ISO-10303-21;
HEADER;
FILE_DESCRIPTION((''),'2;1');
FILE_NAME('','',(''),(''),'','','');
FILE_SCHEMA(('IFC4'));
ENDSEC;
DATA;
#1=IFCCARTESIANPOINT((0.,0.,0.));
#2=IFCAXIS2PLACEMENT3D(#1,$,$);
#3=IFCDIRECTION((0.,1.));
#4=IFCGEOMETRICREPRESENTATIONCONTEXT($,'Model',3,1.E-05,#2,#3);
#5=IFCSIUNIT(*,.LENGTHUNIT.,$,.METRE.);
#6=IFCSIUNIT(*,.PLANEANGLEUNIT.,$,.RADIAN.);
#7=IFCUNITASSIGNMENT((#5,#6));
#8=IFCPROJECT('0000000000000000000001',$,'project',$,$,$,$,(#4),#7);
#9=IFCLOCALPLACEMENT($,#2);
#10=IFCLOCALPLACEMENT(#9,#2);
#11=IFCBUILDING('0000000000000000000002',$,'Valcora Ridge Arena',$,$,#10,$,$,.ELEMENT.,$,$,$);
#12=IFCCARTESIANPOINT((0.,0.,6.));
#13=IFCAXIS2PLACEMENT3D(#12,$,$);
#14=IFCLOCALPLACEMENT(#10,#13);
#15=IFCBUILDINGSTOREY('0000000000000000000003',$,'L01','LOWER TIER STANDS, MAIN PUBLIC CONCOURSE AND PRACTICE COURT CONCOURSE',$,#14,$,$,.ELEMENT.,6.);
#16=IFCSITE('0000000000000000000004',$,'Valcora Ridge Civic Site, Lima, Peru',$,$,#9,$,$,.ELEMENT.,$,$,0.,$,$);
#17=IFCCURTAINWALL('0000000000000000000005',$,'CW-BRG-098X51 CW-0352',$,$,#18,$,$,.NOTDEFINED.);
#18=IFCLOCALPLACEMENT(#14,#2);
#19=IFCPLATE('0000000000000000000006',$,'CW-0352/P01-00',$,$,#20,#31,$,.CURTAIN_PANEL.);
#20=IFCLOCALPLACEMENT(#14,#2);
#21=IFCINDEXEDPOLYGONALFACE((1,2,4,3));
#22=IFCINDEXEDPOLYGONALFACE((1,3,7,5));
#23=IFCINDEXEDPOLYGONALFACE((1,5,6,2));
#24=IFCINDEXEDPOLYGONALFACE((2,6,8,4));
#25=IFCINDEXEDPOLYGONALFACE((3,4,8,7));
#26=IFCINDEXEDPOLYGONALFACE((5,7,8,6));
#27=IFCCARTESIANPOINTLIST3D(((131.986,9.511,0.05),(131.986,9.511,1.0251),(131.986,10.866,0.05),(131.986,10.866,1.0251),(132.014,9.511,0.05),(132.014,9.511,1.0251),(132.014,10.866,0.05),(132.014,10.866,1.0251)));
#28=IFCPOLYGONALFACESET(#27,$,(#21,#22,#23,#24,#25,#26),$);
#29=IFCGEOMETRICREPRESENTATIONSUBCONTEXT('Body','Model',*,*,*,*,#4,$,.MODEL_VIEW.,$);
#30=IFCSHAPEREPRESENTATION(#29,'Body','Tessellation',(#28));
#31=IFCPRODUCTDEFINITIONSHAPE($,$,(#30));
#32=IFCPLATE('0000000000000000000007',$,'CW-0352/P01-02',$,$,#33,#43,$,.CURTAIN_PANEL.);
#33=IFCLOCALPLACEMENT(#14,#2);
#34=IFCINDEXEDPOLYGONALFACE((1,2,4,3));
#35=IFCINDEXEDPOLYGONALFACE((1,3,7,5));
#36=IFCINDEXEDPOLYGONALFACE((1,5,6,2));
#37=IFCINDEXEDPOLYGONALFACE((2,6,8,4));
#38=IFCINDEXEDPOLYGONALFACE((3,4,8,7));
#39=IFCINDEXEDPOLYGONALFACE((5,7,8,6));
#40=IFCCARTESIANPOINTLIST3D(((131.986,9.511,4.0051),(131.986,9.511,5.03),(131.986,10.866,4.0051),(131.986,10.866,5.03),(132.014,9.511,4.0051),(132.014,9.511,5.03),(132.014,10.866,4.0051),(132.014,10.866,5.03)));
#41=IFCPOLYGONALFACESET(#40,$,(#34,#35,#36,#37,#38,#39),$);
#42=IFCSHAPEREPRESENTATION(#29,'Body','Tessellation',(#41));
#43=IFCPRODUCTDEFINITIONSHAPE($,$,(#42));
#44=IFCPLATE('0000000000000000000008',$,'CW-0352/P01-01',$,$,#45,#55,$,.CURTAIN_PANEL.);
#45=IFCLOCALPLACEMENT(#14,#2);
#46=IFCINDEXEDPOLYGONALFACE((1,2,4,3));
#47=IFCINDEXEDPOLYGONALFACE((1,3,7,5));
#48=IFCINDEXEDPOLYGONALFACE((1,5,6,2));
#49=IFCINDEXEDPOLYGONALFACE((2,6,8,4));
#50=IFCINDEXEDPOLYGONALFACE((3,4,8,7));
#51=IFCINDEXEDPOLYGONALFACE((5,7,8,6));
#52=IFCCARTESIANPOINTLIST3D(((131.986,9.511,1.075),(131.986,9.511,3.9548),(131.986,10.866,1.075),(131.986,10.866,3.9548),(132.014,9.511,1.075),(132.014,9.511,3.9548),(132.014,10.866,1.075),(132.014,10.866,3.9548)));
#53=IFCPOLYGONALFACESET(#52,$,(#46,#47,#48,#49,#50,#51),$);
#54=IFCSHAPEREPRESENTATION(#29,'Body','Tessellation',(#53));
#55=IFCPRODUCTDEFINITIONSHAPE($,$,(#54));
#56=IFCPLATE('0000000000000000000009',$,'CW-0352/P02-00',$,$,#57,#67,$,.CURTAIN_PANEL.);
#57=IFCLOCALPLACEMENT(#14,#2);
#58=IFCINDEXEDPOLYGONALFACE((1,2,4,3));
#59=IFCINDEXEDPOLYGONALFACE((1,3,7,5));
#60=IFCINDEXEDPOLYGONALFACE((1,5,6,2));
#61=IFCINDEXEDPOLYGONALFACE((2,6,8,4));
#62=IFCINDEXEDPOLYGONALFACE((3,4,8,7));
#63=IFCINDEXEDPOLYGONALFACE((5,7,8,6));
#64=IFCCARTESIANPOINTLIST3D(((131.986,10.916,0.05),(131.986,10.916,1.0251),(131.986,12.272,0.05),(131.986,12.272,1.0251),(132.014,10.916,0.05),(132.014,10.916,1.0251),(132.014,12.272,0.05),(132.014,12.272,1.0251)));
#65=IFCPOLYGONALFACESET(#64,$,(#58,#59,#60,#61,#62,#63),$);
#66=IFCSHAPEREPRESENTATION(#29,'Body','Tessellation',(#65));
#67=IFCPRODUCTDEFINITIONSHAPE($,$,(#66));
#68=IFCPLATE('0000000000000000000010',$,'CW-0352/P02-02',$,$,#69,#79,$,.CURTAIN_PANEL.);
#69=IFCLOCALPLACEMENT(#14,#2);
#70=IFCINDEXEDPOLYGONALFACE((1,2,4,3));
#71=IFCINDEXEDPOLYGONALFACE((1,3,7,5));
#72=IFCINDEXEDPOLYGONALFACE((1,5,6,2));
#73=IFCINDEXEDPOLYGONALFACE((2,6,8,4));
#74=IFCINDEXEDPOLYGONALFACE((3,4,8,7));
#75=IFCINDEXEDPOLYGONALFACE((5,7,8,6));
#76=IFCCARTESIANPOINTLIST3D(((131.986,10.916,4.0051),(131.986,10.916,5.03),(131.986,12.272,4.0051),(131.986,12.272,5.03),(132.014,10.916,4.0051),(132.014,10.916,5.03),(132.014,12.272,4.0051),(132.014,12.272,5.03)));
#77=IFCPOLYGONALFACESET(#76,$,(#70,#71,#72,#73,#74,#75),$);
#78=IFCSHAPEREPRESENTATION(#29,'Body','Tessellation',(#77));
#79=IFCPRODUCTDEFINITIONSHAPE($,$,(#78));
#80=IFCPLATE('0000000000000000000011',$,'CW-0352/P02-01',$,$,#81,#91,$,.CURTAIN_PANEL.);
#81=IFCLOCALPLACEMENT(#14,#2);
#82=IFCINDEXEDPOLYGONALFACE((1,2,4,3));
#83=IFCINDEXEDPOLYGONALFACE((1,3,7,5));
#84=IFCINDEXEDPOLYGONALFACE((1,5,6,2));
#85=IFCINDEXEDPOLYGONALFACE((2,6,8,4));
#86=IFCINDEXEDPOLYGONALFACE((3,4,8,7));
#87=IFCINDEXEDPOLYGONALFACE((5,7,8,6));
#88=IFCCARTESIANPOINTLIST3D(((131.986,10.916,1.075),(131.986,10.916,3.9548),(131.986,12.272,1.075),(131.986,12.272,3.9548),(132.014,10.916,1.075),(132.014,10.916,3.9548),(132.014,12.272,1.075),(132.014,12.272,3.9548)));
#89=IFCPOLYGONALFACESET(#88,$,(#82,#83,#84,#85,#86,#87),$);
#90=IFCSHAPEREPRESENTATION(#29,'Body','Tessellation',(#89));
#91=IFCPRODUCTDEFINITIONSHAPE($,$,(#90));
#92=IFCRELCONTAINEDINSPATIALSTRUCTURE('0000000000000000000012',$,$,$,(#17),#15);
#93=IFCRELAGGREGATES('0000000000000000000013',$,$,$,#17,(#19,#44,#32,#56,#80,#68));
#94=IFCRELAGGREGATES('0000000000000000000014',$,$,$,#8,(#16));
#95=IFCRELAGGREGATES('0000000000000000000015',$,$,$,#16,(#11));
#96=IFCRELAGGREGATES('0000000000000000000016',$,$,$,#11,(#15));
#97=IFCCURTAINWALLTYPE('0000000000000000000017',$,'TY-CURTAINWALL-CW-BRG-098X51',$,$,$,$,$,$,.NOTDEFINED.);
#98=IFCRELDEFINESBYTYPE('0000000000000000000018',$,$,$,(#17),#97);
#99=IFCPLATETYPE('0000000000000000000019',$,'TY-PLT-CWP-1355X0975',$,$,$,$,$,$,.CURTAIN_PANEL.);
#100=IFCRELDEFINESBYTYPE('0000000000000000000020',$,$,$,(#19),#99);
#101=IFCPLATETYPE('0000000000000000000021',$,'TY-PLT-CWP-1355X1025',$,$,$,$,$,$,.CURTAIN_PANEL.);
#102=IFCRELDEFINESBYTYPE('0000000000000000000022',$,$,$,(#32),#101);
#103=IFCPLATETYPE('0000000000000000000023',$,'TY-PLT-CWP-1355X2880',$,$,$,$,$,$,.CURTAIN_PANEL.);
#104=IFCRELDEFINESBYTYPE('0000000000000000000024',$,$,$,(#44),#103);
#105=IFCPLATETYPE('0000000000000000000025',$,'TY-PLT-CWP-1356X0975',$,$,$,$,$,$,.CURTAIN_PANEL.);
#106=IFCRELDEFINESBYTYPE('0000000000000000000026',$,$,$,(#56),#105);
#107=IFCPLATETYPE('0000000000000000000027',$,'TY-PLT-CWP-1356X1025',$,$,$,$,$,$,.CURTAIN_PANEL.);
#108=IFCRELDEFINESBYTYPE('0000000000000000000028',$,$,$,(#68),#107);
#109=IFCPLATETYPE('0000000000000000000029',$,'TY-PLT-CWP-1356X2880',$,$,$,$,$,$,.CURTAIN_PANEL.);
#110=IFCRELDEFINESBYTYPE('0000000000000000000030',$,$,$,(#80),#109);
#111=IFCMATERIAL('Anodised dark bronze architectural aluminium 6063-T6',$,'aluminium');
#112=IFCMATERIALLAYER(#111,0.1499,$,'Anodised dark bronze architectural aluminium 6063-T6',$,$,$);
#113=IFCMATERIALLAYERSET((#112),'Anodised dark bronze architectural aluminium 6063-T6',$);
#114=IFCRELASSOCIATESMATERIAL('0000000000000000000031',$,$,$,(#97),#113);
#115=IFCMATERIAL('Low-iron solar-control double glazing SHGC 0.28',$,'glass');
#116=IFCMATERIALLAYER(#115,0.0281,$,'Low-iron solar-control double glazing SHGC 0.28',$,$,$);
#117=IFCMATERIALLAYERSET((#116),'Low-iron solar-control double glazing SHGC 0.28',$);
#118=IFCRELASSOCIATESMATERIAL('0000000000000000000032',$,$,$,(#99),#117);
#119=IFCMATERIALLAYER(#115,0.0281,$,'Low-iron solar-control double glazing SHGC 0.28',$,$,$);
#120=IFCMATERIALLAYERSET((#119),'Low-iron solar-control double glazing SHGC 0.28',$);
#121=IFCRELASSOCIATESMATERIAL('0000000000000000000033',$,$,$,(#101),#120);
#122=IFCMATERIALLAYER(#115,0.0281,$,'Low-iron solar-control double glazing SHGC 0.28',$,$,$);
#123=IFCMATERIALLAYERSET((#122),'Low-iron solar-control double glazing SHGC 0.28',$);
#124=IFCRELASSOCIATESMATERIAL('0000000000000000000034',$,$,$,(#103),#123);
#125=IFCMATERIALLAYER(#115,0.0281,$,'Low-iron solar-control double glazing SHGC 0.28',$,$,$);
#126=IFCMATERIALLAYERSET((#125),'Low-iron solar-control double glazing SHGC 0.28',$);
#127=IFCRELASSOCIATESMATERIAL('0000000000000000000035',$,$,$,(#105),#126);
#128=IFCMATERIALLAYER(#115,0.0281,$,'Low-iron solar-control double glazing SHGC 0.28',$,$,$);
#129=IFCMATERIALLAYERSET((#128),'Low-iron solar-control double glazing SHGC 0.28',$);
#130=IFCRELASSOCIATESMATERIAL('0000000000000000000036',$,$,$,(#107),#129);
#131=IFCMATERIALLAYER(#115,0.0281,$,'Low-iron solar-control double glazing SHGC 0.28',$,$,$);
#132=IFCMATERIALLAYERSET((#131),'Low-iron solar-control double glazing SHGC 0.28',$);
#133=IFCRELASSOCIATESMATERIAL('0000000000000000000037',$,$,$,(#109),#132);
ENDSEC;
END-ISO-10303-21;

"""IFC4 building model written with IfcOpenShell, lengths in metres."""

from ifc_helpers import new_model, si_unit, direction, frame, origin, origin_2d, place, context, subcontext, project, spatial, rectangle, extrude, material, layer, layer_set, type_object, element, aggregate, save


model = new_model("IFC4")

# Units and contexts
model_context = context("Model", 3, precision=1e-05, world=origin(), true_north=direction((0.0, 1.0)))
body_context = subcontext(model_context, "Body", "Model", "MODEL_VIEW")
ifc_project = project(units=[si_unit("LENGTHUNIT", "METRE"), si_unit("PLANEANGLEUNIT", "RADIAN")], contexts=[model_context])

# Site, building, storey
site_placement = place(None, origin())
site = spatial("IfcSite", under=ifc_project, at=site_placement, Name="Valcora Ridge Civic Site, Lima, Peru", CompositionType="ELEMENT", RefElevation=0.0)
building_placement = place(site_placement, origin())
building = spatial("IfcBuilding", under=site, at=building_placement, Name="Valcora Ridge Arena", CompositionType="ELEMENT")
storey_placement = place(building_placement, frame((0.0, 0.0, 6.0)))
storey = spatial("IfcBuildingStorey", under=building, at=storey_placement, Name="L01", Description="LOWER TIER STANDS, MAIN PUBLIC CONCOURSE AND PRACTICE COURT CONCOURSE", CompositionType="ELEMENT", Elevation=6.0)

# Curtain wall
ifc_material_1 = material(Name="Anodised dark bronze architectural aluminium 6063-T6", Category="aluminium")
ifc_layer_1 = layer(ifc_material_1, 0.1499, Name="Anodised dark bronze architectural aluminium 6063-T6")
ifc_layer_set_1 = layer_set([ifc_layer_1], Name="Anodised dark bronze architectural aluminium 6063-T6")
curtain_wall_type = type_object("IfcCurtainWallType", Name="TY-CURTAINWALL-CW-BRG-098X51", PredefinedType="NOTDEFINED", material=ifc_layer_set_1)
curtain_wall_1_placement = place(storey_placement, origin())
curtain_wall_1 = element("IfcCurtainWall", 1, at=curtain_wall_1_placement, inside=storey, type_object=curtain_wall_type, Name="CW-BRG-098X51 CW-0352", PredefinedType="NOTDEFINED")

# Plates
ifc_material_2 = material(Name="Low-iron solar-control double glazing SHGC 0.28", Category="glass")
ifc_layer_2 = layer(ifc_material_2, 0.0281, Name="Low-iron solar-control double glazing SHGC 0.28")
ifc_layer_set_2 = layer_set([ifc_layer_2], Name="Low-iron solar-control double glazing SHGC 0.28")
plate_type_1 = type_object("IfcPlateType", Name="TY-PLT-CWP-1355X0975", PredefinedType="CURTAIN_PANEL", material=ifc_layer_set_2)
plate_1_placement = place(storey_placement, frame((132.0, 10.1885, 0.05), z_axis=(0.0, 0.0, 1.0), x_axis=(0.0, 1.0, 0.0)))
plate_1 = element("IfcPlate", 2, at=plate_1_placement, type_object=plate_type_1, Name="CW-0352/P01-00", PredefinedType="CURTAIN_PANEL", context=body_context, shape_type="SweptSolid", body=[
    extrude(rectangle(XDim=1.355, YDim=0.0281, at=origin_2d()), origin(), (0.0, 0.0, 1.0), 0.9751),
])
ifc_layer_3 = layer(ifc_material_2, 0.0281, Name="Low-iron solar-control double glazing SHGC 0.28")
ifc_layer_set_3 = layer_set([ifc_layer_3], Name="Low-iron solar-control double glazing SHGC 0.28")
plate_type_2 = type_object("IfcPlateType", Name="TY-PLT-CWP-1355X1025", PredefinedType="CURTAIN_PANEL", material=ifc_layer_set_3)
plate_2_placement = place(storey_placement, frame((132.0, 10.1885, 4.0051), z_axis=(0.0, 0.0, 1.0), x_axis=(0.0, 1.0, 0.0)))
plate_2 = element("IfcPlate", 3, at=plate_2_placement, type_object=plate_type_2, Name="CW-0352/P01-02", PredefinedType="CURTAIN_PANEL", context=body_context, shape_type="SweptSolid", body=[
    extrude(rectangle(XDim=1.355, YDim=0.0281, at=origin_2d()), origin(), (0.0, 0.0, 1.0), 1.0249),
])
ifc_layer_4 = layer(ifc_material_2, 0.0281, Name="Low-iron solar-control double glazing SHGC 0.28")
ifc_layer_set_4 = layer_set([ifc_layer_4], Name="Low-iron solar-control double glazing SHGC 0.28")
plate_type_3 = type_object("IfcPlateType", Name="TY-PLT-CWP-1355X2880", PredefinedType="CURTAIN_PANEL", material=ifc_layer_set_4)
plate_3_placement = place(storey_placement, frame((132.0, 10.1885, 1.075), z_axis=(0.0, 0.0, 1.0), x_axis=(0.0, 1.0, 0.0)))
plate_3 = element("IfcPlate", 4, at=plate_3_placement, type_object=plate_type_3, Name="CW-0352/P01-01", PredefinedType="CURTAIN_PANEL", context=body_context, shape_type="SweptSolid", body=[
    extrude(rectangle(XDim=1.355, YDim=0.0281, at=origin_2d()), origin(), (0.0, 0.0, 1.0), 2.8799),
])
ifc_layer_5 = layer(ifc_material_2, 0.0281, Name="Low-iron solar-control double glazing SHGC 0.28")
ifc_layer_set_5 = layer_set([ifc_layer_5], Name="Low-iron solar-control double glazing SHGC 0.28")
plate_type_4 = type_object("IfcPlateType", Name="TY-PLT-CWP-1356X0975", PredefinedType="CURTAIN_PANEL", material=ifc_layer_set_5)
plate_4_placement = place(storey_placement, frame((132.0, 11.594, 0.05), z_axis=(0.0, 0.0, 1.0), x_axis=(0.0, 1.0, 0.0)))
plate_4 = element("IfcPlate", 5, at=plate_4_placement, type_object=plate_type_4, Name="CW-0352/P02-00", PredefinedType="CURTAIN_PANEL", context=body_context, shape_type="SweptSolid", body=[
    extrude(rectangle(XDim=1.356, YDim=0.0281, at=origin_2d()), origin(), (0.0, 0.0, 1.0), 0.9751),
])
ifc_layer_6 = layer(ifc_material_2, 0.0281, Name="Low-iron solar-control double glazing SHGC 0.28")
ifc_layer_set_6 = layer_set([ifc_layer_6], Name="Low-iron solar-control double glazing SHGC 0.28")
plate_type_5 = type_object("IfcPlateType", Name="TY-PLT-CWP-1356X1025", PredefinedType="CURTAIN_PANEL", material=ifc_layer_set_6)
plate_5_placement = place(storey_placement, frame((132.0, 11.594, 4.0051), z_axis=(0.0, 0.0, 1.0), x_axis=(0.0, 1.0, 0.0)))
plate_5 = element("IfcPlate", 6, at=plate_5_placement, type_object=plate_type_5, Name="CW-0352/P02-02", PredefinedType="CURTAIN_PANEL", context=body_context, shape_type="SweptSolid", body=[
    extrude(rectangle(XDim=1.356, YDim=0.0281, at=origin_2d()), origin(), (0.0, 0.0, 1.0), 1.0249),
])
ifc_layer_7 = layer(ifc_material_2, 0.0281, Name="Low-iron solar-control double glazing SHGC 0.28")
ifc_layer_set_7 = layer_set([ifc_layer_7], Name="Low-iron solar-control double glazing SHGC 0.28")
plate_type_6 = type_object("IfcPlateType", Name="TY-PLT-CWP-1356X2880", PredefinedType="CURTAIN_PANEL", material=ifc_layer_set_7)
plate_6_placement = place(storey_placement, frame((132.0, 11.594, 1.075), z_axis=(0.0, 0.0, 1.0), x_axis=(0.0, 1.0, 0.0)))
plate_6 = element("IfcPlate", 7, at=plate_6_placement, type_object=plate_type_6, Name="CW-0352/P02-01", PredefinedType="CURTAIN_PANEL", context=body_context, shape_type="SweptSolid", body=[
    extrude(rectangle(XDim=1.356, YDim=0.0281, at=origin_2d()), origin(), (0.0, 0.0, 1.0), 2.8799),
])
aggregate(curtain_wall_1, [plate_1, plate_3, plate_2, plate_4, plate_6, plate_5])

save(model, "model.ifc")
